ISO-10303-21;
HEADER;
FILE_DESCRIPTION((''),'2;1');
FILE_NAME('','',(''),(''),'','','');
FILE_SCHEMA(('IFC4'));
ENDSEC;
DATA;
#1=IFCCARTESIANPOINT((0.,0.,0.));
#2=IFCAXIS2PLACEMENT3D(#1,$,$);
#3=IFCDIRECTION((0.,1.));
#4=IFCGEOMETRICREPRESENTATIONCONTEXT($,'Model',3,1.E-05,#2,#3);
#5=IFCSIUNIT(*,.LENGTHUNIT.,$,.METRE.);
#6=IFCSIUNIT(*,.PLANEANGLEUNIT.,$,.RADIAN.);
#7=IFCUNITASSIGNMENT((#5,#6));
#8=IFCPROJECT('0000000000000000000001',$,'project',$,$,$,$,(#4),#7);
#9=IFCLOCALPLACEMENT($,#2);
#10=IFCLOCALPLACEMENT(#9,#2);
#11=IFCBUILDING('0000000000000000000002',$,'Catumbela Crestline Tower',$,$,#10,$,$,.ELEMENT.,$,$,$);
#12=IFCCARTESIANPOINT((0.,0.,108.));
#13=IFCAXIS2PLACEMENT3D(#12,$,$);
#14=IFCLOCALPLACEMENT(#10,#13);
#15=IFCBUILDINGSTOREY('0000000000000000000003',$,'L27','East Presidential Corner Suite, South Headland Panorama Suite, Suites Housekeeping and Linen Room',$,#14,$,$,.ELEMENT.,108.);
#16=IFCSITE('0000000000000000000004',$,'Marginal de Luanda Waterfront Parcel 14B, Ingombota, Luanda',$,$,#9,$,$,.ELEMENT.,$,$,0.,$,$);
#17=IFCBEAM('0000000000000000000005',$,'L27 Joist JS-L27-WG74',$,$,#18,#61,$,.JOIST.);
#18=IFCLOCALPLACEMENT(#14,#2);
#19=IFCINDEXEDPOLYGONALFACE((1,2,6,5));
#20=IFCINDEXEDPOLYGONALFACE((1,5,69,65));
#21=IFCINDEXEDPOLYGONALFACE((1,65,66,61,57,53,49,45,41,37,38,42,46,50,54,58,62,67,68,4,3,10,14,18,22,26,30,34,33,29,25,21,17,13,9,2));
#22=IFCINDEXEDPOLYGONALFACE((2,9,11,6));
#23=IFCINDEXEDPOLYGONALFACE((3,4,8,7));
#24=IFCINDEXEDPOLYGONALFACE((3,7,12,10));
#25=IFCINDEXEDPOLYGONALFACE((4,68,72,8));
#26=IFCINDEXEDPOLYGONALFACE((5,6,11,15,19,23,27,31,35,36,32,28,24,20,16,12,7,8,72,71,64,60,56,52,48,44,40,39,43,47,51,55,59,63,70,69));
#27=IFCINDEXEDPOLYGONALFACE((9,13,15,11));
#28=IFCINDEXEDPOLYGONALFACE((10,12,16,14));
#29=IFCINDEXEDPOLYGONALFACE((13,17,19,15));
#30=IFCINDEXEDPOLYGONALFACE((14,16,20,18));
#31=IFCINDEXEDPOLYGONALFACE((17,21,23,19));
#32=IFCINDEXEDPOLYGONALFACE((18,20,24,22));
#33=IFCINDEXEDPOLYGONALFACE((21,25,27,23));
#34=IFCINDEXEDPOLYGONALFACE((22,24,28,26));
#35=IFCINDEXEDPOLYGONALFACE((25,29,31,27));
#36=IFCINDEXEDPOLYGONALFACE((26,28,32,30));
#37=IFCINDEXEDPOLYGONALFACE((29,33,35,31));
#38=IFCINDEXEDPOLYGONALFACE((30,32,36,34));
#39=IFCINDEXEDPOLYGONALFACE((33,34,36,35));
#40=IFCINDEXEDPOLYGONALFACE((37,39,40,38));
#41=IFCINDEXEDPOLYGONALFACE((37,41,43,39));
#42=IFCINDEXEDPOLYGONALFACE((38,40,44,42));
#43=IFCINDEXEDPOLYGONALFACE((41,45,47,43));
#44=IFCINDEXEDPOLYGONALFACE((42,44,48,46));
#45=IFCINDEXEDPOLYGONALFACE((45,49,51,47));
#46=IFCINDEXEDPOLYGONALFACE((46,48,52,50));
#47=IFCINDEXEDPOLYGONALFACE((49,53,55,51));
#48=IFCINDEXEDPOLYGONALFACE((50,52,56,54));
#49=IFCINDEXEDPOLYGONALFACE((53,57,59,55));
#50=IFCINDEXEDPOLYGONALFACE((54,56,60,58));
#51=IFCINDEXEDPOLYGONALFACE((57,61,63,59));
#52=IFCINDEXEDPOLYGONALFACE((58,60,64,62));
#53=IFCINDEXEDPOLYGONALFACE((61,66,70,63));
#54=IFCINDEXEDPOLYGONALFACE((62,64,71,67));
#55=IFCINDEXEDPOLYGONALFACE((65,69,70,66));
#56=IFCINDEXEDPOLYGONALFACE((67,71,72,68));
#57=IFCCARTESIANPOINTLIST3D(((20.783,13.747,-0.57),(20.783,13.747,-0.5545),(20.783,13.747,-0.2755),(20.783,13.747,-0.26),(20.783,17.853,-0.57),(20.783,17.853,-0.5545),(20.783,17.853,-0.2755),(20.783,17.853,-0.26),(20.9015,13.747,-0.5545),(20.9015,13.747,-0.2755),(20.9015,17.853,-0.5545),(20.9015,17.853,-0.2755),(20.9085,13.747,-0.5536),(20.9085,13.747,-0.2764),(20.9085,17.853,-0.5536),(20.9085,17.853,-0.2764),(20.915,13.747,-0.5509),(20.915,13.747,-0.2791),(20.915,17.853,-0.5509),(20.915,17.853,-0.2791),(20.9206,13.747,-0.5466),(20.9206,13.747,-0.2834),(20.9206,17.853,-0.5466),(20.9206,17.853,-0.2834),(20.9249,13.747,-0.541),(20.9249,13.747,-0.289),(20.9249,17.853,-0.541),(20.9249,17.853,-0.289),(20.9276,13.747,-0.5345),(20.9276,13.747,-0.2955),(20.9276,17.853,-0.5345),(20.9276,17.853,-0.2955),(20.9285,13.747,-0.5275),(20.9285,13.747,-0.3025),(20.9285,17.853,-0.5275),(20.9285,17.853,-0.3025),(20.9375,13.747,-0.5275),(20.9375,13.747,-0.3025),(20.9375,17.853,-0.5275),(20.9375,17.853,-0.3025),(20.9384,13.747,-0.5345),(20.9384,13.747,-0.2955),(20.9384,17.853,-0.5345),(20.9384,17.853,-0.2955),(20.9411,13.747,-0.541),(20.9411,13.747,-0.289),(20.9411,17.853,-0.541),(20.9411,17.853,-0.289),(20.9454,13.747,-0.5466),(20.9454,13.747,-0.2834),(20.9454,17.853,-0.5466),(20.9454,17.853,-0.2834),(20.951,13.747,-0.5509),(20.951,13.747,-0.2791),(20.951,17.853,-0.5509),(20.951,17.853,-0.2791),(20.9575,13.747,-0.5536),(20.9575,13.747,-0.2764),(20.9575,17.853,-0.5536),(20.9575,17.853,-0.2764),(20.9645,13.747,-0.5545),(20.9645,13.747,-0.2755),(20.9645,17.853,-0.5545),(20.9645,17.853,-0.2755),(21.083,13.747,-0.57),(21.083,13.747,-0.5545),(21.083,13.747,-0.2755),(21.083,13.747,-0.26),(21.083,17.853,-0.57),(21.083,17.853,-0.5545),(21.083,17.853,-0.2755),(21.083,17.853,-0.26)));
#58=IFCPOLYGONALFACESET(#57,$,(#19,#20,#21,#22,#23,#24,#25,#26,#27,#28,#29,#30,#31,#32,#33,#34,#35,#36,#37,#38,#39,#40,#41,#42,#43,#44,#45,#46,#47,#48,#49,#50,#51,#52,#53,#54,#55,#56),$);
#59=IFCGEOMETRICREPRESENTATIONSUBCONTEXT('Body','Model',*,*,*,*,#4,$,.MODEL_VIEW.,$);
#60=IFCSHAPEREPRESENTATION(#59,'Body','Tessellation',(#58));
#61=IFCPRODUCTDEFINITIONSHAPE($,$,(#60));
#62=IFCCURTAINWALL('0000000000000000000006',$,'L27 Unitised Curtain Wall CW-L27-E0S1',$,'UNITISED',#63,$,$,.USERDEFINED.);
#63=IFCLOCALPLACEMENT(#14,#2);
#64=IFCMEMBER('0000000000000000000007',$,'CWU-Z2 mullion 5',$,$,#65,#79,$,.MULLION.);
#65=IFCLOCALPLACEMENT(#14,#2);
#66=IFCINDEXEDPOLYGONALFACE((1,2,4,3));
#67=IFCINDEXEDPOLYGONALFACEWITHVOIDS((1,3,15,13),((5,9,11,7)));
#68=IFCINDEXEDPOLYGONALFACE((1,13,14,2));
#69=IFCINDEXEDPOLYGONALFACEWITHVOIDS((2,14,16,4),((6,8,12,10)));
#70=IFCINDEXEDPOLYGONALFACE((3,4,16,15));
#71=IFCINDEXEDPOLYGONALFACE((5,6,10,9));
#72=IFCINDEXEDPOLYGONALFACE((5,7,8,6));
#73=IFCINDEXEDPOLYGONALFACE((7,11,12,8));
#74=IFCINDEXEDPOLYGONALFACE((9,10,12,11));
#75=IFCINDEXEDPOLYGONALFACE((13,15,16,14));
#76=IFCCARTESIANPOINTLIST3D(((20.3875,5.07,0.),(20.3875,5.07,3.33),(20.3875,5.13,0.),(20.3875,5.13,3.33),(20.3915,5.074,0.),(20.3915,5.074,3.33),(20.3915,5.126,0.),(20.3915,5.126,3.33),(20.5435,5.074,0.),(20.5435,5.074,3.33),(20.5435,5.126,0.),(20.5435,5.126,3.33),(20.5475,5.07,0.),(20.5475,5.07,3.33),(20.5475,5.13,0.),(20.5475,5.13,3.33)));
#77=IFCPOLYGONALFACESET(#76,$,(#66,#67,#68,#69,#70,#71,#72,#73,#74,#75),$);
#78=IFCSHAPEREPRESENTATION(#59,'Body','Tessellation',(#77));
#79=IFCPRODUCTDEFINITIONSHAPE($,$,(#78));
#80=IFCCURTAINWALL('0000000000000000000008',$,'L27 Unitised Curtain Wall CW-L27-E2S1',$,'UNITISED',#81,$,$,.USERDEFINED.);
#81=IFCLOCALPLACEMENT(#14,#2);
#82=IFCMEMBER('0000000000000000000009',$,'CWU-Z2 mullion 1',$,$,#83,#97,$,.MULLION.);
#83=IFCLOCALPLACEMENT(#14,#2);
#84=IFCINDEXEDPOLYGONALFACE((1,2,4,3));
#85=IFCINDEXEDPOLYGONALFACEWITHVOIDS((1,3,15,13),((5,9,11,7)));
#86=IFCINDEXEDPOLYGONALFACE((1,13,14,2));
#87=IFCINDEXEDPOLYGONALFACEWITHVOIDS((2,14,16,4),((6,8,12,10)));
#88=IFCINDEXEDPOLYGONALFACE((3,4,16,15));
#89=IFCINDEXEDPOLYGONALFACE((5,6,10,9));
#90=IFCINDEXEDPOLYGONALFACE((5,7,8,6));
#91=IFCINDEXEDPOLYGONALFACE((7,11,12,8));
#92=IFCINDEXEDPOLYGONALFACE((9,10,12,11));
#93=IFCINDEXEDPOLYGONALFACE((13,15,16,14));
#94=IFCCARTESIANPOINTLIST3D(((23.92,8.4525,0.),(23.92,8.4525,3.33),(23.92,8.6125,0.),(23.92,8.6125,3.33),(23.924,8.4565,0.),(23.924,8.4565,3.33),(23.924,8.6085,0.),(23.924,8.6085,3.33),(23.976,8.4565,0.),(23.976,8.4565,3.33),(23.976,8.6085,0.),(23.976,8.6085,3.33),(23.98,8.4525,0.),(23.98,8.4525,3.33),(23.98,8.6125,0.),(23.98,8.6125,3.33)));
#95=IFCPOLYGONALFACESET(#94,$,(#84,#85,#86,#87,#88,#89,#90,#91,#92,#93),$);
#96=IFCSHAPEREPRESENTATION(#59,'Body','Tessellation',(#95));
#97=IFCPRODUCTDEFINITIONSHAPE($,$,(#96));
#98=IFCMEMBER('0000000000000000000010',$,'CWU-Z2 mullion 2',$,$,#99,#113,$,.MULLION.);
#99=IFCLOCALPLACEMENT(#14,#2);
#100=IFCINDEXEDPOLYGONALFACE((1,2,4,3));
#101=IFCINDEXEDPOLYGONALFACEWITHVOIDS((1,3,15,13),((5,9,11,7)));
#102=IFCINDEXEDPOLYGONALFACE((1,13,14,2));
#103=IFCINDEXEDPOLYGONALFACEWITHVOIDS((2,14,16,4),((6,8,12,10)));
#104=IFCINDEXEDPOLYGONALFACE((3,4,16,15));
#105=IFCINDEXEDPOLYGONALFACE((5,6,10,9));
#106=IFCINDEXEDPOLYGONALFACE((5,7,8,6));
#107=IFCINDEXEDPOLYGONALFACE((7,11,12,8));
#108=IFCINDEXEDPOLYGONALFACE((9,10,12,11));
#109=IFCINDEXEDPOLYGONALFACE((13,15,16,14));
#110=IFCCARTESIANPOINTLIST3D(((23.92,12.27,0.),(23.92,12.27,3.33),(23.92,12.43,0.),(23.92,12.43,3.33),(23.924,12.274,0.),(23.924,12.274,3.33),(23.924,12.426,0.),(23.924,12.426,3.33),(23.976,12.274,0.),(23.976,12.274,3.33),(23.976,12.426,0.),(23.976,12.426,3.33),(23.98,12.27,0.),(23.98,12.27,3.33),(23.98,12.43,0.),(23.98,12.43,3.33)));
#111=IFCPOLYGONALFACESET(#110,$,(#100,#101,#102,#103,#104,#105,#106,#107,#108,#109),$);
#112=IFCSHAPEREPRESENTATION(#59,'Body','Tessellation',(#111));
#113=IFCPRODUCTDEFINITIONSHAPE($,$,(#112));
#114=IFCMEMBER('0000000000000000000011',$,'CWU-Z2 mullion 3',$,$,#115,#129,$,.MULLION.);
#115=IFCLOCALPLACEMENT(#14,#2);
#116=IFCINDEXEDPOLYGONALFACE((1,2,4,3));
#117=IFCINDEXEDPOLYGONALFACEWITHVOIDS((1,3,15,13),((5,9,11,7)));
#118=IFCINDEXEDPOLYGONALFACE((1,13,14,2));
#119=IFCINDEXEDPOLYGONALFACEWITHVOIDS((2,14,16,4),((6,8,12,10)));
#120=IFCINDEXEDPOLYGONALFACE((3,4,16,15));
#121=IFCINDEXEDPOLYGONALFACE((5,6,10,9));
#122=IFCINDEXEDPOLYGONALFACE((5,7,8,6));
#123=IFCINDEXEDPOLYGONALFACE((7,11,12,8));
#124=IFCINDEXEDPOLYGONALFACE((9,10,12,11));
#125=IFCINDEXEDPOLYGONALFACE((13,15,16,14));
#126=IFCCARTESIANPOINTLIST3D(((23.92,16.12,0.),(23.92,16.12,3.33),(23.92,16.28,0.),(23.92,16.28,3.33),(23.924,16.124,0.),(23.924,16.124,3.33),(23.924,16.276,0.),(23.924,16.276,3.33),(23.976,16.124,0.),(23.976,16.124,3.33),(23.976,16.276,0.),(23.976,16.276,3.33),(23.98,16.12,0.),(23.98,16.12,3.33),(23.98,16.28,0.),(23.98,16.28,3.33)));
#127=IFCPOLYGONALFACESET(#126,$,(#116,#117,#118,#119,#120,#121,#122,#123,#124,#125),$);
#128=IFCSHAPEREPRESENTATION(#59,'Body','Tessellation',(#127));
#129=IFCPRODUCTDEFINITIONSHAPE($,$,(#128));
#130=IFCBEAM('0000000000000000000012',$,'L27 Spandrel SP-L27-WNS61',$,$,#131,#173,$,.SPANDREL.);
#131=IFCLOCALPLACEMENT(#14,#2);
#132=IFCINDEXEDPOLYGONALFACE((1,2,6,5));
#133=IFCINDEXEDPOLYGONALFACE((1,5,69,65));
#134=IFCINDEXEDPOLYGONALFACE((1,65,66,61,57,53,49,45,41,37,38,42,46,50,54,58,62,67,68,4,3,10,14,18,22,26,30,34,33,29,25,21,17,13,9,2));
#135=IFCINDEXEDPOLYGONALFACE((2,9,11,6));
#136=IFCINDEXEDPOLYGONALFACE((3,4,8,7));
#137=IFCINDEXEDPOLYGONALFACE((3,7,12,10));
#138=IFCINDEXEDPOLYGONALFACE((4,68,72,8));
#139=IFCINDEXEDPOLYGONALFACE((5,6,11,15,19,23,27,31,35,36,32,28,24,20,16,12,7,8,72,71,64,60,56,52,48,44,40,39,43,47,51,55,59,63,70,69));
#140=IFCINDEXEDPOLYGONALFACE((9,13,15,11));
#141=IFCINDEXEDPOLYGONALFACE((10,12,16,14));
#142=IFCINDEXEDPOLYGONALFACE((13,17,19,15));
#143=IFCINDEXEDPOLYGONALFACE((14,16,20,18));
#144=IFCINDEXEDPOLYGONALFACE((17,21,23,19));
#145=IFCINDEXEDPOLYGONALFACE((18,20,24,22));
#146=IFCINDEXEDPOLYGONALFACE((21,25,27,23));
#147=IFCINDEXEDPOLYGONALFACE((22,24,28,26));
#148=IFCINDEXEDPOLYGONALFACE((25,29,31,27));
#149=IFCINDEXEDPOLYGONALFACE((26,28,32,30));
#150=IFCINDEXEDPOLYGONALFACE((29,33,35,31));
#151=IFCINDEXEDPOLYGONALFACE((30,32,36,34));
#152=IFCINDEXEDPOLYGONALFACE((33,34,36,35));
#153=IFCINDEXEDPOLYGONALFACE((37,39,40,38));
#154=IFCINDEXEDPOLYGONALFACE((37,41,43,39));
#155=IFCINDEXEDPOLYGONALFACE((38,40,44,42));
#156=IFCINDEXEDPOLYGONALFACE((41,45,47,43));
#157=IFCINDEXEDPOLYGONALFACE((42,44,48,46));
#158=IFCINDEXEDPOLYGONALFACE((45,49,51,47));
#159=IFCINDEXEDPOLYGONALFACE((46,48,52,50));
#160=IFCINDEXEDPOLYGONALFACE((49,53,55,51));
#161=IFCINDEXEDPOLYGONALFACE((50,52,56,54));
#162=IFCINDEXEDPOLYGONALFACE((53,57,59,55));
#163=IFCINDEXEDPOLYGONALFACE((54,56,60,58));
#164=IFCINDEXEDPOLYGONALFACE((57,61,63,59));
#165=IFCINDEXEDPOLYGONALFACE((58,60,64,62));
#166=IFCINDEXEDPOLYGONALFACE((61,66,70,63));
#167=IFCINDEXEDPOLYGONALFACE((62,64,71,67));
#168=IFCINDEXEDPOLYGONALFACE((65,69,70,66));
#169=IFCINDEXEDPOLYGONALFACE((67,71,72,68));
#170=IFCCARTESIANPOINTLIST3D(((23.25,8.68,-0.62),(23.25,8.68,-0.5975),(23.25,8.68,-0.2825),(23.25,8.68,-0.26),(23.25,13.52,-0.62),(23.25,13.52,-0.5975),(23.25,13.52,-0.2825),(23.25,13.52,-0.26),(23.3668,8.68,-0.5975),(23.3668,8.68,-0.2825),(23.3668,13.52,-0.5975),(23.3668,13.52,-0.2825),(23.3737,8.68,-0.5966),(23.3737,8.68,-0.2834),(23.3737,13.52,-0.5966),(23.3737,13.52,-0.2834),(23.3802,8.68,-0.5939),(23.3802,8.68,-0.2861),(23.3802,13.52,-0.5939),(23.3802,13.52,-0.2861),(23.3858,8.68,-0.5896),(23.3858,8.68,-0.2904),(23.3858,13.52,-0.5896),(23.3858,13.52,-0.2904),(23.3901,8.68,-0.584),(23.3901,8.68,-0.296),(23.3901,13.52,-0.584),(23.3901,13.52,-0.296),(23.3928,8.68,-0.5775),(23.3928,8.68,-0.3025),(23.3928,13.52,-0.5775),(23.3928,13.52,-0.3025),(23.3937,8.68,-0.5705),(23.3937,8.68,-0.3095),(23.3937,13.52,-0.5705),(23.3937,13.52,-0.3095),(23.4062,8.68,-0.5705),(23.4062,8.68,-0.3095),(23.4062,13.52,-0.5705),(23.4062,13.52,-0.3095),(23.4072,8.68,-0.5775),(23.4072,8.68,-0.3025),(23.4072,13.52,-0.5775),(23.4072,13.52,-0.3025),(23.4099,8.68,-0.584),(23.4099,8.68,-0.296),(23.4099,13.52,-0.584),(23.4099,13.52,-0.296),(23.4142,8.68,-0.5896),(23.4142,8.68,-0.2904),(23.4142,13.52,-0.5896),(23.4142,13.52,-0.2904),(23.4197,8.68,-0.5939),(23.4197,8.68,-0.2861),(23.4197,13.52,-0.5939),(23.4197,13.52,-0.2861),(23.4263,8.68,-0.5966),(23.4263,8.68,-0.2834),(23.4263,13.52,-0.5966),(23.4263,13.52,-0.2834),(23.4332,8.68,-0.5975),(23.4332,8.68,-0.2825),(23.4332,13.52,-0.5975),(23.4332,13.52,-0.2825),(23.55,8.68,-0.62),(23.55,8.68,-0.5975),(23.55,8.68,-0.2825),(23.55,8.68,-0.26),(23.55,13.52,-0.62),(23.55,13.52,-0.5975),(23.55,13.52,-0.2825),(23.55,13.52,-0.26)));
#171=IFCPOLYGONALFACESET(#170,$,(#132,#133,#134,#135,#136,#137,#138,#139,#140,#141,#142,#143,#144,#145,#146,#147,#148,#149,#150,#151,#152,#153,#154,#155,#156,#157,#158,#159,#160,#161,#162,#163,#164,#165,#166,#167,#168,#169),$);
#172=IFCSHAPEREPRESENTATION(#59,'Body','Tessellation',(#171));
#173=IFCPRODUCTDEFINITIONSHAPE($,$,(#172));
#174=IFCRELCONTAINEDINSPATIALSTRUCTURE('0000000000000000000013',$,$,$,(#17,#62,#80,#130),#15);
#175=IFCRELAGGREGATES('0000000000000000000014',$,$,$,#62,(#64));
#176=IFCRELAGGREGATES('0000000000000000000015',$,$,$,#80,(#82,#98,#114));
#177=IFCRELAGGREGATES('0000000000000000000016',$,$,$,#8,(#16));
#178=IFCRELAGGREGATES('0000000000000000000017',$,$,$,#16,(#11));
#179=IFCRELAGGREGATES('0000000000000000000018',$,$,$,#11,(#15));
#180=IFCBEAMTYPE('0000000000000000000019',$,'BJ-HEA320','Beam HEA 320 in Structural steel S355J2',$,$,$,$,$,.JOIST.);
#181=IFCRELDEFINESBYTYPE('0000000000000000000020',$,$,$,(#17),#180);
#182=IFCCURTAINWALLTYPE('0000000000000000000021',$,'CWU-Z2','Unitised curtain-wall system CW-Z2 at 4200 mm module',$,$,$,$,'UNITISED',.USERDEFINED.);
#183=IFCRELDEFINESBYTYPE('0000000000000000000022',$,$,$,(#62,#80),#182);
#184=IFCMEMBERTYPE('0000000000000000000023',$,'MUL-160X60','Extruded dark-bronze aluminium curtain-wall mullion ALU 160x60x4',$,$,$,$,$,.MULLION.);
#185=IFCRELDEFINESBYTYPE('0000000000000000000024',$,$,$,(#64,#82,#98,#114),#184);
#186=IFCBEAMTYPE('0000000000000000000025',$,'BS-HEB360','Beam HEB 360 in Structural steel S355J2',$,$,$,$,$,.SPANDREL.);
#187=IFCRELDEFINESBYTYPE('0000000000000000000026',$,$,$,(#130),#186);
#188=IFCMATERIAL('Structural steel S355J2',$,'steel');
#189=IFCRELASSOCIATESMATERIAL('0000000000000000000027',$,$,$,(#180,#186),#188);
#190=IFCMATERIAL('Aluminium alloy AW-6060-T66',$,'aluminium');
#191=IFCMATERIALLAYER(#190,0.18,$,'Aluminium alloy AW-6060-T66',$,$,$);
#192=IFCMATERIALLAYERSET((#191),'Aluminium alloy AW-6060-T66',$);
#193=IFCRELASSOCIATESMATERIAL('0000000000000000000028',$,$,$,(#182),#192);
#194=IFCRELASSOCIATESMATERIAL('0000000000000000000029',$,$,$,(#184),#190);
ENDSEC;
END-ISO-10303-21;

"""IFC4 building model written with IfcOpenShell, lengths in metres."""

from ifc_helpers import new_model, si_unit, direction, frame, origin, origin_2d, place, context, subcontext, project, spatial, hollow_rectangle, i_section, extrude, material, layer, layer_set, material_profile, profile_set, type_object, element, aggregate, save


model = new_model("IFC4")

# Units and contexts
model_context = context("Model", 3, precision=1e-05, world=origin(), true_north=direction((0.0, 1.0)))
body_context = subcontext(model_context, "Body", "Model", "MODEL_VIEW")
ifc_project = project(units=[si_unit("LENGTHUNIT", "METRE"), si_unit("PLANEANGLEUNIT", "RADIAN")], contexts=[model_context])

# Site, building, storey
site_placement = place(None, origin())
site = spatial("IfcSite", under=ifc_project, at=site_placement, Name="Marginal de Luanda Waterfront Parcel 14B, Ingombota, Luanda", CompositionType="ELEMENT", RefElevation=0.0)
building_placement = place(site_placement, origin())
building = spatial("IfcBuilding", under=site, at=building_placement, Name="Catumbela Crestline Tower", CompositionType="ELEMENT")
storey_placement = place(building_placement, frame((0.0, 0.0, 108.0)))
storey = spatial("IfcBuildingStorey", under=building, at=storey_placement, Name="L27", Description="East Presidential Corner Suite, South Headland Panorama Suite, Suites Housekeeping and Linen Room", CompositionType="ELEMENT", Elevation=108.0)

# Beam
ifc_material_1 = material(Name="Structural steel S355J2", Category="steel")
ifc_material_profile_1 = material_profile(ifc_material_1, i_section(OverallWidth=0.3, OverallDepth=0.31, WebThickness=0.009, FlangeThickness=0.0155, FilletRadius=0.027, at=origin_2d()), Name="HEA 320")
ifc_profile_set_1 = profile_set([ifc_material_profile_1], Name="Structural steel S355J2")
beam_type_1 = type_object("IfcBeamType", Name="BJ-HEA320", Description="Beam HEA 320 in Structural steel S355J2", PredefinedType="JOIST", material=ifc_profile_set_1)
for number, where, z_axis, x_axis, name in (
    (1, (20.933, 13.747, -0.415), (0.0, 1.0, 0.0), (-1.0, 0.0, 0.0), "L27 Joist JS-L27-WG74"),
):
    element("IfcBeam", number, at=place(storey_placement, frame(where, z_axis=z_axis, x_axis=x_axis)), inside=storey, type_object=beam_type_1, Name=name, PredefinedType="JOIST", context=body_context, shape_type="SweptSolid", body=[
        extrude(i_section(OverallWidth=0.3, OverallDepth=0.31, WebThickness=0.009, FlangeThickness=0.0155, FilletRadius=0.027, at=origin_2d()), origin(), (0.0, 0.0, 1.0), 4.106),
    ])

# Curtain wall, member
ifc_material_2 = material(Name="Aluminium alloy AW-6060-T66", Category="aluminium")
ifc_layer_1 = layer(ifc_material_2, 0.18, Name="Aluminium alloy AW-6060-T66")
ifc_layer_set_1 = layer_set([ifc_layer_1], Name="Aluminium alloy AW-6060-T66")
curtain_wall_type = type_object("IfcCurtainWallType", Name="CWU-Z2", Description="Unitised curtain-wall system CW-Z2 at 4200 mm module", ElementType="UNITISED", PredefinedType="USERDEFINED", material=ifc_layer_set_1)
curtain_wall_1_placement = place(storey_placement, origin())
curtain_wall_1 = element("IfcCurtainWall", 2, at=curtain_wall_1_placement, inside=storey, type_object=curtain_wall_type, Name="L27 Unitised Curtain Wall CW-L27-E0S1", ObjectType="UNITISED", PredefinedType="USERDEFINED")
ifc_material_profile_2 = material_profile(ifc_material_2, hollow_rectangle(XDim=0.06, YDim=0.16, WallThickness=0.004, at=origin_2d()), Name="ALU 160x60x4")
ifc_profile_set_2 = profile_set([ifc_material_profile_2], Name="Aluminium alloy AW-6060-T66")
member_type_1 = type_object("IfcMemberType", Name="MUL-160X60", Description="Extruded dark-bronze aluminium curtain-wall mullion ALU 160x60x4", PredefinedType="MULLION", material=ifc_profile_set_2)
member_1_placement = place(storey_placement, frame((20.4675, 5.1, 0.0), z_axis=(0.0, 0.0, 1.0), x_axis=(0.0, 1.0, 0.0)))
member_1 = element("IfcMember", 3, at=member_1_placement, type_object=member_type_1, Name="CWU-Z2 mullion 5", PredefinedType="MULLION", context=body_context, shape_type="SweptSolid", body=[
    extrude(hollow_rectangle(XDim=0.06, YDim=0.16, WallThickness=0.004, at=origin_2d()), origin(), (0.0, 0.0, 1.0), 3.33),
])
aggregate(curtain_wall_1, [member_1])

# Curtain wall, members
curtain_wall_2_placement = place(storey_placement, origin())
curtain_wall_2 = element("IfcCurtainWall", 4, at=curtain_wall_2_placement, inside=storey, type_object=curtain_wall_type, Name="L27 Unitised Curtain Wall CW-L27-E2S1", ObjectType="UNITISED", PredefinedType="USERDEFINED")
member_2_placement = place(storey_placement, frame((23.95, 8.5325, 0.0), z_axis=(0.0, 0.0, 1.0), x_axis=(-1.0, 0.0, 0.0)))
member_2 = element("IfcMember", 5, at=member_2_placement, type_object=member_type_1, Name="CWU-Z2 mullion 1", PredefinedType="MULLION", context=body_context, shape_type="SweptSolid", body=[
    extrude(hollow_rectangle(XDim=0.06, YDim=0.16, WallThickness=0.004, at=origin_2d()), origin(), (0.0, 0.0, 1.0), 3.33),
])
member_3_placement = place(storey_placement, frame((23.95, 12.35, 0.0), z_axis=(0.0, 0.0, 1.0), x_axis=(-1.0, 0.0, 0.0)))
member_3 = element("IfcMember", 6, at=member_3_placement, type_object=member_type_1, Name="CWU-Z2 mullion 2", PredefinedType="MULLION", context=body_context, shape_type="SweptSolid", body=[
    extrude(hollow_rectangle(XDim=0.06, YDim=0.16, WallThickness=0.004, at=origin_2d()), origin(), (0.0, 0.0, 1.0), 3.33),
])
member_4_placement = place(storey_placement, frame((23.95, 16.2, 0.0), z_axis=(0.0, 0.0, 1.0), x_axis=(-1.0, 0.0, 0.0)))
member_4 = element("IfcMember", 7, at=member_4_placement, type_object=member_type_1, Name="CWU-Z2 mullion 3", PredefinedType="MULLION", context=body_context, shape_type="SweptSolid", body=[
    extrude(hollow_rectangle(XDim=0.06, YDim=0.16, WallThickness=0.004, at=origin_2d()), origin(), (0.0, 0.0, 1.0), 3.33),
])

# Beam
ifc_material_profile_3 = material_profile(ifc_material_1, i_section(OverallWidth=0.3, OverallDepth=0.36, WebThickness=0.0125, FlangeThickness=0.0225, FilletRadius=0.027, at=origin_2d()), Name="HEB 360")
ifc_profile_set_3 = profile_set([ifc_material_profile_3], Name="Structural steel S355J2")
beam_type_2 = type_object("IfcBeamType", Name="BS-HEB360", Description="Beam HEB 360 in Structural steel S355J2", PredefinedType="SPANDREL", material=ifc_profile_set_3)
beam_1_placement = place(storey_placement, frame((23.4, 8.68, -0.44), z_axis=(0.0, 1.0, 0.0), x_axis=(-1.0, 0.0, 0.0)))
element("IfcBeam", 8, at=beam_1_placement, inside=storey, type_object=beam_type_2, Name="L27 Spandrel SP-L27-WNS61", PredefinedType="SPANDREL", context=body_context, shape_type="SweptSolid", body=[
    extrude(i_section(OverallWidth=0.3, OverallDepth=0.36, WebThickness=0.0125, FlangeThickness=0.0225, FilletRadius=0.027, at=origin_2d()), origin(), (0.0, 0.0, 1.0), 4.84),
])

aggregate(curtain_wall_2, [member_2, member_3, member_4])

save(model, "model.ifc")
